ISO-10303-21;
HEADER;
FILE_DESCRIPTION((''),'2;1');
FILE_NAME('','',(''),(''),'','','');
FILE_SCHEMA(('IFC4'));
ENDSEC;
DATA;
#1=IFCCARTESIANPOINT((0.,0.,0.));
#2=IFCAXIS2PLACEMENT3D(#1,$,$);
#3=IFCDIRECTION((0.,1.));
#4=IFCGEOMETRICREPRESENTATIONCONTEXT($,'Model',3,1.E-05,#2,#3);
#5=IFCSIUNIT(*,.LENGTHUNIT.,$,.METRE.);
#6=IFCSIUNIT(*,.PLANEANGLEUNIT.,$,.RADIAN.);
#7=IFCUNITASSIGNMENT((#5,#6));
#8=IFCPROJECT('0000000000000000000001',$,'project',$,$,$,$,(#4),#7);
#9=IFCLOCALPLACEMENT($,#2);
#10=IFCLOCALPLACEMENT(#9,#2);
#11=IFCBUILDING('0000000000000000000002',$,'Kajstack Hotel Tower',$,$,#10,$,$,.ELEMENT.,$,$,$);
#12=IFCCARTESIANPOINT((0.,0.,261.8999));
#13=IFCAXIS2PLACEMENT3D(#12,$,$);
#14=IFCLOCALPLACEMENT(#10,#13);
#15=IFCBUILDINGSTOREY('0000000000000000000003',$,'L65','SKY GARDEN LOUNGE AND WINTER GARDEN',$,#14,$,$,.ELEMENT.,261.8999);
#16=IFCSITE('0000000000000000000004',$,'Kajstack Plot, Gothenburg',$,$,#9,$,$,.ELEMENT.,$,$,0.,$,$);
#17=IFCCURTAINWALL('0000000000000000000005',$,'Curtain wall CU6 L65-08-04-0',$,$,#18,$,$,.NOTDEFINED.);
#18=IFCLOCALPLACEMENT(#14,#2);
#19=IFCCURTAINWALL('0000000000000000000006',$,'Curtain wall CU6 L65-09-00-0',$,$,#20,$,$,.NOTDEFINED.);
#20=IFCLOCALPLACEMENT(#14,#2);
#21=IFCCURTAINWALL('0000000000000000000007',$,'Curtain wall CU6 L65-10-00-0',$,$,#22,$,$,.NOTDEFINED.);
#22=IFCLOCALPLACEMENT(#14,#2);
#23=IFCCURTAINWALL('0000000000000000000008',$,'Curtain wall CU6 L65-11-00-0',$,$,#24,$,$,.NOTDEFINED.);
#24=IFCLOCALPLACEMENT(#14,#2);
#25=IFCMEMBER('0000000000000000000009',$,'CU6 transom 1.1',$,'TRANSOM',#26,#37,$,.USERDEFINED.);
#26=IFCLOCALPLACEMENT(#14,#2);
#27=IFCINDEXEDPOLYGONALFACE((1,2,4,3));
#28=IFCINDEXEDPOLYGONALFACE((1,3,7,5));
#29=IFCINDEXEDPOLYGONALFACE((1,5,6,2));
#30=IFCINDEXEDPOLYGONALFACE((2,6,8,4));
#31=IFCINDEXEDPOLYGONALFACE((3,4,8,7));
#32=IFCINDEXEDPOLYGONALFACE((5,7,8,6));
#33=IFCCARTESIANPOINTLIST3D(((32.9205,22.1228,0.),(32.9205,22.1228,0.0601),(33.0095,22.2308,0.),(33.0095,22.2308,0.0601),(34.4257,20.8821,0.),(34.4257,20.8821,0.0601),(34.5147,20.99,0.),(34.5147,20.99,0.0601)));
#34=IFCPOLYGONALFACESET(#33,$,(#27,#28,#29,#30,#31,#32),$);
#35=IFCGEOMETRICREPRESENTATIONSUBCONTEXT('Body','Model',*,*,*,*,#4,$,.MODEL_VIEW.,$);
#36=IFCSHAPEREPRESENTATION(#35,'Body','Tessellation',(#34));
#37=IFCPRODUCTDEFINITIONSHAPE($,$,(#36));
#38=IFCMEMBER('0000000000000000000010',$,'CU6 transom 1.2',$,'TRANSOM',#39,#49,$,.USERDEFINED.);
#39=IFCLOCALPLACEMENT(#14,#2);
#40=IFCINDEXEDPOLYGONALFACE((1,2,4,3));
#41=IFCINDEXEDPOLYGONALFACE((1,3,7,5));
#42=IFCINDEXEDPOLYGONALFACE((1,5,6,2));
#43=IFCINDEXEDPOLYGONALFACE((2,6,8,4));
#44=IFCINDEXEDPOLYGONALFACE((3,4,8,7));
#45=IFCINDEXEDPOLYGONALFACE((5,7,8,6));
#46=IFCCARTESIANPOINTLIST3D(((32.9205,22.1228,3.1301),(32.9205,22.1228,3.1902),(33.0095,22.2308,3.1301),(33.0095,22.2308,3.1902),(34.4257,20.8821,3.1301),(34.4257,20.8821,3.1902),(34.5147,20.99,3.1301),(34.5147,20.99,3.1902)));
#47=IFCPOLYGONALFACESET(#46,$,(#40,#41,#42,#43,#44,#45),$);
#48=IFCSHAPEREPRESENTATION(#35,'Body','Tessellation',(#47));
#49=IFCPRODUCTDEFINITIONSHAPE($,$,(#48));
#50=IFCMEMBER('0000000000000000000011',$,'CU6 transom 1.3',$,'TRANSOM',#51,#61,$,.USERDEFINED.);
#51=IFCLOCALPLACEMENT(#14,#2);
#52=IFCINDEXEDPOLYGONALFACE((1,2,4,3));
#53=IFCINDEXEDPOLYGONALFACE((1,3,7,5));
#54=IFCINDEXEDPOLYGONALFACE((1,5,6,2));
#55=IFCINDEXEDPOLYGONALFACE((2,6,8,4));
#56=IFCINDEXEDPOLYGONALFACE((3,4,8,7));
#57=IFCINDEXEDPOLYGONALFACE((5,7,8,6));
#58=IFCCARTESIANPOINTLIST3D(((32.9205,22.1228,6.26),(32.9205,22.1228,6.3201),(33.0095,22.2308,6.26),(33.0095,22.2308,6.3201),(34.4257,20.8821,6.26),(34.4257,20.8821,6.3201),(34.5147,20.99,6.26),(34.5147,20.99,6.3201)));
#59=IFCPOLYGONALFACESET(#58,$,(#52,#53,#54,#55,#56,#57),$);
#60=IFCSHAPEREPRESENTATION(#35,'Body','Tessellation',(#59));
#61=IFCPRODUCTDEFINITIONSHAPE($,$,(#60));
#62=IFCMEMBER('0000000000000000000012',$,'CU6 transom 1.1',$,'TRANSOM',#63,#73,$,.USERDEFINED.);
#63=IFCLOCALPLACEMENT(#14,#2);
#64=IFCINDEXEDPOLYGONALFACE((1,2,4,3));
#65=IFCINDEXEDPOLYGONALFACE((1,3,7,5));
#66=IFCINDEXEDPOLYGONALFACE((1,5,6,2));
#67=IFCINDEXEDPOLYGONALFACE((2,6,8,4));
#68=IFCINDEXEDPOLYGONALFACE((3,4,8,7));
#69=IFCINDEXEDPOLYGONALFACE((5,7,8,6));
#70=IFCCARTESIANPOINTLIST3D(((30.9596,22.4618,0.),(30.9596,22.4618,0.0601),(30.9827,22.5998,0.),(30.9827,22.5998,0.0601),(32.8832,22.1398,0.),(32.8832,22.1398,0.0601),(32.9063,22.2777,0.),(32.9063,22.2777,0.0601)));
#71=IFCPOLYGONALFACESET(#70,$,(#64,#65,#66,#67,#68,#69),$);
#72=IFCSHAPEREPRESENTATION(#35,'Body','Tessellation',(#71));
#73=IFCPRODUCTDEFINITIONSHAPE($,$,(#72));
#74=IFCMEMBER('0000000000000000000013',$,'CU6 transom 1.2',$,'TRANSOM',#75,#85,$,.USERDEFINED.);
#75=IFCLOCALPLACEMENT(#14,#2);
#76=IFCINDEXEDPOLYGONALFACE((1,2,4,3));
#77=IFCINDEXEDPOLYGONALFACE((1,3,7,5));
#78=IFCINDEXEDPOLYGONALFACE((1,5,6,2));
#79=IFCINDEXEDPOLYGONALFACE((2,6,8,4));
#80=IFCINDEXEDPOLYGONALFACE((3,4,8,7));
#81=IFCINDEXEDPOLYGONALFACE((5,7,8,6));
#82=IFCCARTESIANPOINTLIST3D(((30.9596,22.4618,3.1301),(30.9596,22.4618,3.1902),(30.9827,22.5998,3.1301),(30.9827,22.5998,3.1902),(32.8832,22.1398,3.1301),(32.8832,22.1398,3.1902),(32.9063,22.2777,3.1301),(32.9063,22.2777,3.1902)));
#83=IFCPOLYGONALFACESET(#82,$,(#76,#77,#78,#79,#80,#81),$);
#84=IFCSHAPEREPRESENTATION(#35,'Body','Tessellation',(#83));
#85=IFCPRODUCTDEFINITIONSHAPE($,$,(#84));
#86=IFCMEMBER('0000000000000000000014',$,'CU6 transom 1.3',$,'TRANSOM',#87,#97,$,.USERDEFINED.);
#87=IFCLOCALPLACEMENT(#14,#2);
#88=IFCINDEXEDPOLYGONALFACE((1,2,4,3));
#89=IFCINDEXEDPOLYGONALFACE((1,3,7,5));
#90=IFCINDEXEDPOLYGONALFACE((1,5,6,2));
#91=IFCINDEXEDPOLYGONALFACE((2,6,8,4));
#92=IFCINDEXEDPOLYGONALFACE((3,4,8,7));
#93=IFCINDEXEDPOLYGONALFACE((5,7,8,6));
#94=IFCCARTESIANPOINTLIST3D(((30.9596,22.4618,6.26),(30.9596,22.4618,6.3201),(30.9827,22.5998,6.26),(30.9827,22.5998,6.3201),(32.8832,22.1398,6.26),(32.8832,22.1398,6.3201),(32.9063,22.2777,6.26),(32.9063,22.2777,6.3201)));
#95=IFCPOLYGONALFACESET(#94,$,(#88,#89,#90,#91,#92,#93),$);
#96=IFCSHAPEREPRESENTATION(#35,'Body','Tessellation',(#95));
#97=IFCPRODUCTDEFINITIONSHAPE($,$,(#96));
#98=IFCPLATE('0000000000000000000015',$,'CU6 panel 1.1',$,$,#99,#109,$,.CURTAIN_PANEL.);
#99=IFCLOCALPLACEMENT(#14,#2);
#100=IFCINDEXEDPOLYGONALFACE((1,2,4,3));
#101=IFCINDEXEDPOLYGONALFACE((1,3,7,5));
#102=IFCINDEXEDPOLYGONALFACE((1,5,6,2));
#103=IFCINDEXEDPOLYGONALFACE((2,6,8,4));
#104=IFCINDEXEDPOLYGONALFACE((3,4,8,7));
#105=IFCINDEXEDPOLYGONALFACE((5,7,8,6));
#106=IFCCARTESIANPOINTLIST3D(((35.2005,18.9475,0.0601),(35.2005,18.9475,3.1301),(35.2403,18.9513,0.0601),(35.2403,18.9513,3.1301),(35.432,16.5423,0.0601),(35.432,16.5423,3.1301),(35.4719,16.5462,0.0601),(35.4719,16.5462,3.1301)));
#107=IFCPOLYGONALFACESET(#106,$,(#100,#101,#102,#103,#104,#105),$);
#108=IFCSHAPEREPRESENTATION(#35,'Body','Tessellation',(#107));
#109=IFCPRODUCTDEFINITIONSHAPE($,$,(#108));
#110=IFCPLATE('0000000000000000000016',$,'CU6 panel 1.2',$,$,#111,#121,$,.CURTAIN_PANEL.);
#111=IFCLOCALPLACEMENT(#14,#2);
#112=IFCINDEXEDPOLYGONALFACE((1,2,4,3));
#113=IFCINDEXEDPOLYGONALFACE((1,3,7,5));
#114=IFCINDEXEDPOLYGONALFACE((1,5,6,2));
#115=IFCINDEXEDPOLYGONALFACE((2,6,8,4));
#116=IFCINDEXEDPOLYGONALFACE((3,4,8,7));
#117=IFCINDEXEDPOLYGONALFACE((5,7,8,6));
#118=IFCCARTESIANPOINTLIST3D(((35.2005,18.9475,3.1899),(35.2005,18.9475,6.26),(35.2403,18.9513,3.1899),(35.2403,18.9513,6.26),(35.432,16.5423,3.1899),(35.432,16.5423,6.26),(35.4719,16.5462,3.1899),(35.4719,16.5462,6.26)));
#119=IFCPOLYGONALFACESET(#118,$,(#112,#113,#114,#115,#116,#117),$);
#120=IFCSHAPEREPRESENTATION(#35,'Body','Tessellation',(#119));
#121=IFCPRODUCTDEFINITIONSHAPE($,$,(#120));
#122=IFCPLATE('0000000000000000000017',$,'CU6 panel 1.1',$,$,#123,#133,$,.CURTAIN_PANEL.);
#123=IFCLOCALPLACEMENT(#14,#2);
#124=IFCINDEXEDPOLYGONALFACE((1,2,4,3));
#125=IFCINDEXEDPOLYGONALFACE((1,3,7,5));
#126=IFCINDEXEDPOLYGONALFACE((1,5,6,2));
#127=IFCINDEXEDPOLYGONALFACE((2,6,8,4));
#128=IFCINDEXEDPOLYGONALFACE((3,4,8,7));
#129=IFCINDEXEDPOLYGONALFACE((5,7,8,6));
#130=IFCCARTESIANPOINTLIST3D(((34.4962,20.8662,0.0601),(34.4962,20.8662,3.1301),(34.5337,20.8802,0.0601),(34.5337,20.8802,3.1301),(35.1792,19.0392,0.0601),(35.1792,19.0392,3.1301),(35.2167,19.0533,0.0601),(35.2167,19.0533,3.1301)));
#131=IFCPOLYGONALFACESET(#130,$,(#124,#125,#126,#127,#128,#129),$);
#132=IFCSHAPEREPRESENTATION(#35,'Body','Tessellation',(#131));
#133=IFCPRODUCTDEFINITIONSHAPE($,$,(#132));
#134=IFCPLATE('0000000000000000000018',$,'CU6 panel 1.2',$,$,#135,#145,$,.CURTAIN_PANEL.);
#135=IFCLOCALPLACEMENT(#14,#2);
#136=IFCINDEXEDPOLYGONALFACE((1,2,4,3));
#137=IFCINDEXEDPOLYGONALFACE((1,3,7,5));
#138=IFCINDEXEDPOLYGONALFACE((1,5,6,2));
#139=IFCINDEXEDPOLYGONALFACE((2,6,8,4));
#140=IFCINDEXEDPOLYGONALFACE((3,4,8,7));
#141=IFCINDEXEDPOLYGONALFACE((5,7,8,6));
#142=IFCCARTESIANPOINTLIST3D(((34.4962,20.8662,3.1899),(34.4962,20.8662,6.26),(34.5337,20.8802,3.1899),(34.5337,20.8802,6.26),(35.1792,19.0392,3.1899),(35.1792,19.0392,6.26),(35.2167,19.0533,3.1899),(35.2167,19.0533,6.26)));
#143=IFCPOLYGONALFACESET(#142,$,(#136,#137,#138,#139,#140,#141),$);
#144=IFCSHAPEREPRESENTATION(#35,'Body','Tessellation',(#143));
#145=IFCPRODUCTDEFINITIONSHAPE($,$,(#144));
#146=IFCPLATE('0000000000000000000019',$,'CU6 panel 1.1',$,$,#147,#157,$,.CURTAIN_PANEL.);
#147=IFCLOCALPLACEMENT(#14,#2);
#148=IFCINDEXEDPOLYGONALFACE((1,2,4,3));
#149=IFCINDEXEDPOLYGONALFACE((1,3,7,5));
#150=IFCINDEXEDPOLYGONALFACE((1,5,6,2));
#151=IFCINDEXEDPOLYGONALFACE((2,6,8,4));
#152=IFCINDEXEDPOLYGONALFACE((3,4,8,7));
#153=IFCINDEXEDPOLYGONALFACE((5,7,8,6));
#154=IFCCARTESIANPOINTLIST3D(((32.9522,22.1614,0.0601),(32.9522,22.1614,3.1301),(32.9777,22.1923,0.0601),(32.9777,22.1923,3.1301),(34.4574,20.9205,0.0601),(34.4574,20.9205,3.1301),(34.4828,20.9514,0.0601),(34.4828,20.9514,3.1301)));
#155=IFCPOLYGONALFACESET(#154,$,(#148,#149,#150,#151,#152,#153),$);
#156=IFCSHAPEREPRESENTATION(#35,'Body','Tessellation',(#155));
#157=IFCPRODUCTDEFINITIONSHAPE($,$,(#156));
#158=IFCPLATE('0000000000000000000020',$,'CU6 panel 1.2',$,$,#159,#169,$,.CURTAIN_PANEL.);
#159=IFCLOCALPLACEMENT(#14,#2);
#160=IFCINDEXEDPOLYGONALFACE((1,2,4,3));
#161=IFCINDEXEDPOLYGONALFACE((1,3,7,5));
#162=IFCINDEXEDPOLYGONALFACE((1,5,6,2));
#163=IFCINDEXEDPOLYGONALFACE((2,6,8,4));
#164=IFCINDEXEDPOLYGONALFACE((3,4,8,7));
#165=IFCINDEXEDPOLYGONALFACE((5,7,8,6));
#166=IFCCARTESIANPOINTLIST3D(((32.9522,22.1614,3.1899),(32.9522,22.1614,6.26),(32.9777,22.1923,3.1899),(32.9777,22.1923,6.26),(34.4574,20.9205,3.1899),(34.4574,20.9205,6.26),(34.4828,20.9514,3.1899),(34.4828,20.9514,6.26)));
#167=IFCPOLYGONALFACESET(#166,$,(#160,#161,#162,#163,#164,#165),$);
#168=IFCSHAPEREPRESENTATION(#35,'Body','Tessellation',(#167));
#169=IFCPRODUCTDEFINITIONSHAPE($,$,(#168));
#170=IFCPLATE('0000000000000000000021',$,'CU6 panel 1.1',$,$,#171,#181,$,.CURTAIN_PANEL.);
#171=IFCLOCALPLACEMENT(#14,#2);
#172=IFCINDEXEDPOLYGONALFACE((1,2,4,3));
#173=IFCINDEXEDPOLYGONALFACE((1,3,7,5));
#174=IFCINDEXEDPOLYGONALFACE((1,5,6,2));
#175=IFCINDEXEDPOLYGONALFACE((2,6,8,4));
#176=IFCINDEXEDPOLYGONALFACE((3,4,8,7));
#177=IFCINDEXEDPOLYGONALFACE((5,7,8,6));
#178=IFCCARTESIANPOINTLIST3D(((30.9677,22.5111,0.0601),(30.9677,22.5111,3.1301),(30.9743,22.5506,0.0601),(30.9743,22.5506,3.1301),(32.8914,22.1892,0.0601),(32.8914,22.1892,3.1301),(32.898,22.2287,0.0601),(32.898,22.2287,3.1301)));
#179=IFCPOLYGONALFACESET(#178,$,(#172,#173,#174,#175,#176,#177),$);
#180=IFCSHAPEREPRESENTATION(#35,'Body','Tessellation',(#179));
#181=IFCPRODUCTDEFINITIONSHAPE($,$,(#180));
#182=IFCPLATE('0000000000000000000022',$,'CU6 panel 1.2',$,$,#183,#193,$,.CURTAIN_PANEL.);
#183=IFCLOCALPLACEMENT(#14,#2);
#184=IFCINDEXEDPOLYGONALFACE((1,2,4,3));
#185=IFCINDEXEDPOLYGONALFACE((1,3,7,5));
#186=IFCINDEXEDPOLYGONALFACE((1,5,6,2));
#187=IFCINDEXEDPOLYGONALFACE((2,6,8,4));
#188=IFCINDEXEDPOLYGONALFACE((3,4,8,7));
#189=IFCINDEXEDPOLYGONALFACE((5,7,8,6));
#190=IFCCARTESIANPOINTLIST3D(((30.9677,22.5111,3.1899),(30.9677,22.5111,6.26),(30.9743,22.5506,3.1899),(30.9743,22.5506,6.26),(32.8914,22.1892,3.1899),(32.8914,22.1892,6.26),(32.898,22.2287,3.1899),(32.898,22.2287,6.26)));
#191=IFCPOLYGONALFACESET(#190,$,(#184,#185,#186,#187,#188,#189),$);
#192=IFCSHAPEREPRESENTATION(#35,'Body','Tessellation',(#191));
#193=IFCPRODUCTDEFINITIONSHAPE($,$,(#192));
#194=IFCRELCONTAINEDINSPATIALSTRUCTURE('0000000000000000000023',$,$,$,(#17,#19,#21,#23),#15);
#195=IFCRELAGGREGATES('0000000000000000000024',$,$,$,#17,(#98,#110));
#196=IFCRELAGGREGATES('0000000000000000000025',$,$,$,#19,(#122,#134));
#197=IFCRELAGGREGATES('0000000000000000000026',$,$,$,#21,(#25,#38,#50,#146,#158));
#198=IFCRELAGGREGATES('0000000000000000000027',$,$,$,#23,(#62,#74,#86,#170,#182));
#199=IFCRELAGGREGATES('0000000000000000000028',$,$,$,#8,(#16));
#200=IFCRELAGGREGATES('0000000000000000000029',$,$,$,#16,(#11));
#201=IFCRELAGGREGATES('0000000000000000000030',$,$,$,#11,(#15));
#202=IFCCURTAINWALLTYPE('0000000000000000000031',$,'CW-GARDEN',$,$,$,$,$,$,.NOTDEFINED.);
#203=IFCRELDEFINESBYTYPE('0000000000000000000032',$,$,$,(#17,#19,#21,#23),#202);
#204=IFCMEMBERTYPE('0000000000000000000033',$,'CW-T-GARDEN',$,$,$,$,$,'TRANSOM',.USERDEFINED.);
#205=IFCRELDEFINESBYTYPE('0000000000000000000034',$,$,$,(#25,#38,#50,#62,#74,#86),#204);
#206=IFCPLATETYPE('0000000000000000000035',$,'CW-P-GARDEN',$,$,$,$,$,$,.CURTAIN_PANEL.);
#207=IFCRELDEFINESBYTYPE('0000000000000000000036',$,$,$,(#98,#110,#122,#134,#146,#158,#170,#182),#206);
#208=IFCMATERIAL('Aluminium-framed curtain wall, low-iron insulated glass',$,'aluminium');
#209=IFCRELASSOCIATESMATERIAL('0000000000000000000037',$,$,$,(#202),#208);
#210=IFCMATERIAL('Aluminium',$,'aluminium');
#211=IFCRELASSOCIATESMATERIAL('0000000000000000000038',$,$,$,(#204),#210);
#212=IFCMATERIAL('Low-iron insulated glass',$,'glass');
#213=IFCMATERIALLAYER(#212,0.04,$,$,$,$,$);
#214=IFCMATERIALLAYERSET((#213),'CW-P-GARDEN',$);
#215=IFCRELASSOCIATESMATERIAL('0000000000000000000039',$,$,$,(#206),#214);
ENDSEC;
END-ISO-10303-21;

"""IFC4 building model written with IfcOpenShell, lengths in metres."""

from ifc_helpers import new_model, si_unit, direction, frame, origin, origin_2d, place, context, subcontext, project, spatial, rectangle, extrude, material, layer, layer_set, material_profile, profile_set, type_object, element, aggregate, save


model = new_model("IFC4")

# Units and contexts
model_context = context("Model", 3, precision=1e-05, world=origin(), true_north=direction((0.0, 1.0)))
body_context = subcontext(model_context, "Body", "Model", "MODEL_VIEW")
ifc_project = project(units=[si_unit("LENGTHUNIT", "METRE"), si_unit("PLANEANGLEUNIT", "RADIAN")], contexts=[model_context])

# Site, building, storey
site_placement = place(None, origin())
site = spatial("IfcSite", under=ifc_project, at=site_placement, Name="Kajstack Plot, Gothenburg", CompositionType="ELEMENT", RefElevation=0.0)
building_placement = place(site_placement, origin())
building = spatial("IfcBuilding", under=site, at=building_placement, Name="Kajstack Hotel Tower", CompositionType="ELEMENT")
storey_placement = place(building_placement, frame((0.0, 0.0, 261.8999)))
storey = spatial("IfcBuildingStorey", under=building, at=storey_placement, Name="L65", Description="SKY GARDEN LOUNGE AND WINTER GARDEN", CompositionType="ELEMENT", Elevation=261.8999)

# Curtain walls
ifc_material_1 = material(Name="Aluminium-framed curtain wall, low-iron insulated glass", Category="aluminium")
curtain_wall_type = type_object("IfcCurtainWallType", Name="CW-GARDEN", PredefinedType="NOTDEFINED", material=ifc_material_1)
curtain_wall_1_placement = place(storey_placement, origin())
curtain_wall_1 = element("IfcCurtainWall", 1, at=curtain_wall_1_placement, inside=storey, type_object=curtain_wall_type, Name="Curtain wall CU6 L65-08-04-0", PredefinedType="NOTDEFINED")
ifc_material_2 = material(Name="Aluminium", Category="aluminium")
curtain_wall_2_placement = place(storey_placement, origin())
curtain_wall_2 = element("IfcCurtainWall", 2, at=curtain_wall_2_placement, inside=storey, type_object=curtain_wall_type, Name="Curtain wall CU6 L65-09-00-0", PredefinedType="NOTDEFINED")
curtain_wall_3_placement = place(storey_placement, origin())
curtain_wall_3 = element("IfcCurtainWall", 3, at=curtain_wall_3_placement, inside=storey, type_object=curtain_wall_type, Name="Curtain wall CU6 L65-10-00-0", PredefinedType="NOTDEFINED")
curtain_wall_4_placement = place(storey_placement, origin())
curtain_wall_4 = element("IfcCurtainWall", 4, at=curtain_wall_4_placement, inside=storey, type_object=curtain_wall_type, Name="Curtain wall CU6 L65-11-00-0", PredefinedType="NOTDEFINED")

# Members
ifc_material_profile_1 = material_profile(ifc_material_2, rectangle(XDim=0.1399, YDim=0.0601, at=origin_2d()), Name="Aluminium transom 140 x 60")
ifc_profile_set_1 = profile_set([ifc_material_profile_1], Name="Aluminium")
member_type_1 = type_object("IfcMemberType", Name="CW-T-GARDEN", ElementType="TRANSOM", PredefinedType="USERDEFINED", material=ifc_profile_set_1)
member_1_placement = place(storey_placement, frame((34.4702, 20.936, 0.03), z_axis=(-0.771627, 0.636076, 0.0), x_axis=(-0.636076, -0.771627, 0.0)))
member_1 = element("IfcMember", 5, at=member_1_placement, type_object=member_type_1, Name="CU6 transom 1.1", ObjectType="TRANSOM", PredefinedType="USERDEFINED", context=body_context, shape_type="SweptSolid", body=[
    extrude(rectangle(XDim=0.1399, YDim=0.0601, at=origin_2d()), origin(), (0.0, 0.0, 1.0), 1.9507),
])
member_2_placement = place(storey_placement, frame((34.4702, 20.936, 3.1602), z_axis=(-0.771627, 0.636076, 0.0), x_axis=(-0.636076, -0.771627, 0.0)))
member_2 = element("IfcMember", 6, at=member_2_placement, type_object=member_type_1, Name="CU6 transom 1.2", ObjectType="TRANSOM", PredefinedType="USERDEFINED", context=body_context, shape_type="SweptSolid", body=[
    extrude(rectangle(XDim=0.1399, YDim=0.0601, at=origin_2d()), origin(), (0.0, 0.0, 1.0), 1.9507),
])
member_3_placement = place(storey_placement, frame((34.4702, 20.936, 6.29), z_axis=(-0.771627, 0.636076, 0.0), x_axis=(-0.636076, -0.771627, 0.0)))
member_3 = element("IfcMember", 7, at=member_3_placement, type_object=member_type_1, Name="CU6 transom 1.3", ObjectType="TRANSOM", PredefinedType="USERDEFINED", context=body_context, shape_type="SweptSolid", body=[
    extrude(rectangle(XDim=0.1399, YDim=0.0601, at=origin_2d()), origin(), (0.0, 0.0, 1.0), 1.9507),
])
member_4_placement = place(storey_placement, frame((32.8948, 22.2087, 0.03), z_axis=(-0.986275, 0.165109, 0.0), x_axis=(-0.165109, -0.986275, 0.0)))
member_4 = element("IfcMember", 8, at=member_4_placement, type_object=member_type_1, Name="CU6 transom 1.1", ObjectType="TRANSOM", PredefinedType="USERDEFINED", context=body_context, shape_type="SweptSolid", body=[
    extrude(rectangle(XDim=0.1399, YDim=0.0601, at=origin_2d()), origin(), (0.0, 0.0, 1.0), 1.9504),
])
member_5_placement = place(storey_placement, frame((32.8948, 22.2087, 3.1602), z_axis=(-0.986275, 0.165109, 0.0), x_axis=(-0.165109, -0.986275, 0.0)))
member_5 = element("IfcMember", 9, at=member_5_placement, type_object=member_type_1, Name="CU6 transom 1.2", ObjectType="TRANSOM", PredefinedType="USERDEFINED", context=body_context, shape_type="SweptSolid", body=[
    extrude(rectangle(XDim=0.1399, YDim=0.0601, at=origin_2d()), origin(), (0.0, 0.0, 1.0), 1.9504),
])
member_6_placement = place(storey_placement, frame((32.8948, 22.2087, 6.29), z_axis=(-0.986275, 0.165109, 0.0), x_axis=(-0.165109, -0.986275, 0.0)))
member_6 = element("IfcMember", 10, at=member_6_placement, type_object=member_type_1, Name="CU6 transom 1.3", ObjectType="TRANSOM", PredefinedType="USERDEFINED", context=body_context, shape_type="SweptSolid", body=[
    extrude(rectangle(XDim=0.1399, YDim=0.0601, at=origin_2d()), origin(), (0.0, 0.0, 1.0), 1.9504),
])

# Plates
ifc_material_3 = material(Name="Low-iron insulated glass", Category="glass")
ifc_layer_1 = layer(ifc_material_3, 0.04)
ifc_layer_set_1 = layer_set([ifc_layer_1], Name="CW-P-GARDEN")
plate_type = type_object("IfcPlateType", Name="CW-P-GARDEN", PredefinedType="CURTAIN_PANEL", material=ifc_layer_set_1)
plate_1_placement = place(storey_placement, frame((35.3362, 17.7468, 0.0601), z_axis=(0.0, 0.0, 1.0), x_axis=(-0.095847, 0.995396, 0.0)))
plate_1 = element("IfcPlate", 11, at=plate_1_placement, type_object=plate_type, Name="CU6 panel 1.1", PredefinedType="CURTAIN_PANEL", context=body_context, shape_type="SweptSolid", body=[
    extrude(rectangle(XDim=2.4163, YDim=0.04, at=origin_2d()), origin(), (0.0, 0.0, 1.0), 3.0701),
])
plate_2_placement = place(storey_placement, frame((35.3362, 17.7468, 3.1899), z_axis=(0.0, 0.0, 1.0), x_axis=(-0.095847, 0.995396, 0.0)))
plate_2 = element("IfcPlate", 12, at=plate_2_placement, type_object=plate_type, Name="CU6 panel 1.2", PredefinedType="CURTAIN_PANEL", context=body_context, shape_type="SweptSolid", body=[
    extrude(rectangle(XDim=2.4163, YDim=0.04, at=origin_2d()), origin(), (0.0, 0.0, 1.0), 3.0701),
])
aggregate(curtain_wall_1, [plate_1, plate_2])
plate_3_placement = place(storey_placement, frame((34.8564, 19.9597, 0.0601), z_axis=(0.0, 0.0, 1.0), x_axis=(-0.350202, 0.936674, 0.0)))
plate_3 = element("IfcPlate", 13, at=plate_3_placement, type_object=plate_type, Name="CU6 panel 1.1", PredefinedType="CURTAIN_PANEL", context=body_context, shape_type="SweptSolid", body=[
    extrude(rectangle(XDim=1.9504, YDim=0.04, at=origin_2d()), origin(), (0.0, 0.0, 1.0), 3.0701),
])
plate_4_placement = place(storey_placement, frame((34.8564, 19.9597, 3.1899), z_axis=(0.0, 0.0, 1.0), x_axis=(-0.350202, 0.936674, 0.0)))
plate_4 = element("IfcPlate", 14, at=plate_4_placement, type_object=plate_type, Name="CU6 panel 1.2", PredefinedType="CURTAIN_PANEL", context=body_context, shape_type="SweptSolid", body=[
    extrude(rectangle(XDim=1.9504, YDim=0.04, at=origin_2d()), origin(), (0.0, 0.0, 1.0), 3.0701),
])
aggregate(curtain_wall_2, [plate_3, plate_4])
plate_5_placement = place(storey_placement, frame((33.7175, 21.5564, 0.0601), z_axis=(0.0, 0.0, 1.0), x_axis=(-0.771611, 0.636095, 0.0)))
plate_5 = element("IfcPlate", 15, at=plate_5_placement, type_object=plate_type, Name="CU6 panel 1.1", PredefinedType="CURTAIN_PANEL", context=body_context, shape_type="SweptSolid", body=[
    extrude(rectangle(XDim=1.9507, YDim=0.04, at=origin_2d()), origin(), (0.0, 0.0, 1.0), 3.0701),
])
plate_6_placement = place(storey_placement, frame((33.7175, 21.5564, 3.1899), z_axis=(0.0, 0.0, 1.0), x_axis=(-0.771611, 0.636095, 0.0)))
plate_6 = element("IfcPlate", 16, at=plate_6_placement, type_object=plate_type, Name="CU6 panel 1.2", PredefinedType="CURTAIN_PANEL", context=body_context, shape_type="SweptSolid", body=[
    extrude(rectangle(XDim=1.9507, YDim=0.04, at=origin_2d()), origin(), (0.0, 0.0, 1.0), 3.0701),
])
aggregate(curtain_wall_3, [member_1, member_2, member_3, plate_5, plate_6])
plate_7_placement = place(storey_placement, frame((31.9329, 22.3699, 0.0601), z_axis=(0.0, 0.0, 1.0), x_axis=(-0.986288, 0.165033, 0.0)))
plate_7 = element("IfcPlate", 17, at=plate_7_placement, type_object=plate_type, Name="CU6 panel 1.1", PredefinedType="CURTAIN_PANEL", context=body_context, shape_type="SweptSolid", body=[
    extrude(rectangle(XDim=1.9504, YDim=0.04, at=origin_2d()), origin(), (0.0, 0.0, 1.0), 3.0701),
])
plate_8_placement = place(storey_placement, frame((31.9329, 22.3699, 3.1899), z_axis=(0.0, 0.0, 1.0), x_axis=(-0.986288, 0.165033, 0.0)))
plate_8 = element("IfcPlate", 18, at=plate_8_placement, type_object=plate_type, Name="CU6 panel 1.2", PredefinedType="CURTAIN_PANEL", context=body_context, shape_type="SweptSolid", body=[
    extrude(rectangle(XDim=1.9504, YDim=0.04, at=origin_2d()), origin(), (0.0, 0.0, 1.0), 3.0701),
])
aggregate(curtain_wall_4, [member_4, member_5, member_6, plate_7, plate_8])

save(model, "model.ifc")
